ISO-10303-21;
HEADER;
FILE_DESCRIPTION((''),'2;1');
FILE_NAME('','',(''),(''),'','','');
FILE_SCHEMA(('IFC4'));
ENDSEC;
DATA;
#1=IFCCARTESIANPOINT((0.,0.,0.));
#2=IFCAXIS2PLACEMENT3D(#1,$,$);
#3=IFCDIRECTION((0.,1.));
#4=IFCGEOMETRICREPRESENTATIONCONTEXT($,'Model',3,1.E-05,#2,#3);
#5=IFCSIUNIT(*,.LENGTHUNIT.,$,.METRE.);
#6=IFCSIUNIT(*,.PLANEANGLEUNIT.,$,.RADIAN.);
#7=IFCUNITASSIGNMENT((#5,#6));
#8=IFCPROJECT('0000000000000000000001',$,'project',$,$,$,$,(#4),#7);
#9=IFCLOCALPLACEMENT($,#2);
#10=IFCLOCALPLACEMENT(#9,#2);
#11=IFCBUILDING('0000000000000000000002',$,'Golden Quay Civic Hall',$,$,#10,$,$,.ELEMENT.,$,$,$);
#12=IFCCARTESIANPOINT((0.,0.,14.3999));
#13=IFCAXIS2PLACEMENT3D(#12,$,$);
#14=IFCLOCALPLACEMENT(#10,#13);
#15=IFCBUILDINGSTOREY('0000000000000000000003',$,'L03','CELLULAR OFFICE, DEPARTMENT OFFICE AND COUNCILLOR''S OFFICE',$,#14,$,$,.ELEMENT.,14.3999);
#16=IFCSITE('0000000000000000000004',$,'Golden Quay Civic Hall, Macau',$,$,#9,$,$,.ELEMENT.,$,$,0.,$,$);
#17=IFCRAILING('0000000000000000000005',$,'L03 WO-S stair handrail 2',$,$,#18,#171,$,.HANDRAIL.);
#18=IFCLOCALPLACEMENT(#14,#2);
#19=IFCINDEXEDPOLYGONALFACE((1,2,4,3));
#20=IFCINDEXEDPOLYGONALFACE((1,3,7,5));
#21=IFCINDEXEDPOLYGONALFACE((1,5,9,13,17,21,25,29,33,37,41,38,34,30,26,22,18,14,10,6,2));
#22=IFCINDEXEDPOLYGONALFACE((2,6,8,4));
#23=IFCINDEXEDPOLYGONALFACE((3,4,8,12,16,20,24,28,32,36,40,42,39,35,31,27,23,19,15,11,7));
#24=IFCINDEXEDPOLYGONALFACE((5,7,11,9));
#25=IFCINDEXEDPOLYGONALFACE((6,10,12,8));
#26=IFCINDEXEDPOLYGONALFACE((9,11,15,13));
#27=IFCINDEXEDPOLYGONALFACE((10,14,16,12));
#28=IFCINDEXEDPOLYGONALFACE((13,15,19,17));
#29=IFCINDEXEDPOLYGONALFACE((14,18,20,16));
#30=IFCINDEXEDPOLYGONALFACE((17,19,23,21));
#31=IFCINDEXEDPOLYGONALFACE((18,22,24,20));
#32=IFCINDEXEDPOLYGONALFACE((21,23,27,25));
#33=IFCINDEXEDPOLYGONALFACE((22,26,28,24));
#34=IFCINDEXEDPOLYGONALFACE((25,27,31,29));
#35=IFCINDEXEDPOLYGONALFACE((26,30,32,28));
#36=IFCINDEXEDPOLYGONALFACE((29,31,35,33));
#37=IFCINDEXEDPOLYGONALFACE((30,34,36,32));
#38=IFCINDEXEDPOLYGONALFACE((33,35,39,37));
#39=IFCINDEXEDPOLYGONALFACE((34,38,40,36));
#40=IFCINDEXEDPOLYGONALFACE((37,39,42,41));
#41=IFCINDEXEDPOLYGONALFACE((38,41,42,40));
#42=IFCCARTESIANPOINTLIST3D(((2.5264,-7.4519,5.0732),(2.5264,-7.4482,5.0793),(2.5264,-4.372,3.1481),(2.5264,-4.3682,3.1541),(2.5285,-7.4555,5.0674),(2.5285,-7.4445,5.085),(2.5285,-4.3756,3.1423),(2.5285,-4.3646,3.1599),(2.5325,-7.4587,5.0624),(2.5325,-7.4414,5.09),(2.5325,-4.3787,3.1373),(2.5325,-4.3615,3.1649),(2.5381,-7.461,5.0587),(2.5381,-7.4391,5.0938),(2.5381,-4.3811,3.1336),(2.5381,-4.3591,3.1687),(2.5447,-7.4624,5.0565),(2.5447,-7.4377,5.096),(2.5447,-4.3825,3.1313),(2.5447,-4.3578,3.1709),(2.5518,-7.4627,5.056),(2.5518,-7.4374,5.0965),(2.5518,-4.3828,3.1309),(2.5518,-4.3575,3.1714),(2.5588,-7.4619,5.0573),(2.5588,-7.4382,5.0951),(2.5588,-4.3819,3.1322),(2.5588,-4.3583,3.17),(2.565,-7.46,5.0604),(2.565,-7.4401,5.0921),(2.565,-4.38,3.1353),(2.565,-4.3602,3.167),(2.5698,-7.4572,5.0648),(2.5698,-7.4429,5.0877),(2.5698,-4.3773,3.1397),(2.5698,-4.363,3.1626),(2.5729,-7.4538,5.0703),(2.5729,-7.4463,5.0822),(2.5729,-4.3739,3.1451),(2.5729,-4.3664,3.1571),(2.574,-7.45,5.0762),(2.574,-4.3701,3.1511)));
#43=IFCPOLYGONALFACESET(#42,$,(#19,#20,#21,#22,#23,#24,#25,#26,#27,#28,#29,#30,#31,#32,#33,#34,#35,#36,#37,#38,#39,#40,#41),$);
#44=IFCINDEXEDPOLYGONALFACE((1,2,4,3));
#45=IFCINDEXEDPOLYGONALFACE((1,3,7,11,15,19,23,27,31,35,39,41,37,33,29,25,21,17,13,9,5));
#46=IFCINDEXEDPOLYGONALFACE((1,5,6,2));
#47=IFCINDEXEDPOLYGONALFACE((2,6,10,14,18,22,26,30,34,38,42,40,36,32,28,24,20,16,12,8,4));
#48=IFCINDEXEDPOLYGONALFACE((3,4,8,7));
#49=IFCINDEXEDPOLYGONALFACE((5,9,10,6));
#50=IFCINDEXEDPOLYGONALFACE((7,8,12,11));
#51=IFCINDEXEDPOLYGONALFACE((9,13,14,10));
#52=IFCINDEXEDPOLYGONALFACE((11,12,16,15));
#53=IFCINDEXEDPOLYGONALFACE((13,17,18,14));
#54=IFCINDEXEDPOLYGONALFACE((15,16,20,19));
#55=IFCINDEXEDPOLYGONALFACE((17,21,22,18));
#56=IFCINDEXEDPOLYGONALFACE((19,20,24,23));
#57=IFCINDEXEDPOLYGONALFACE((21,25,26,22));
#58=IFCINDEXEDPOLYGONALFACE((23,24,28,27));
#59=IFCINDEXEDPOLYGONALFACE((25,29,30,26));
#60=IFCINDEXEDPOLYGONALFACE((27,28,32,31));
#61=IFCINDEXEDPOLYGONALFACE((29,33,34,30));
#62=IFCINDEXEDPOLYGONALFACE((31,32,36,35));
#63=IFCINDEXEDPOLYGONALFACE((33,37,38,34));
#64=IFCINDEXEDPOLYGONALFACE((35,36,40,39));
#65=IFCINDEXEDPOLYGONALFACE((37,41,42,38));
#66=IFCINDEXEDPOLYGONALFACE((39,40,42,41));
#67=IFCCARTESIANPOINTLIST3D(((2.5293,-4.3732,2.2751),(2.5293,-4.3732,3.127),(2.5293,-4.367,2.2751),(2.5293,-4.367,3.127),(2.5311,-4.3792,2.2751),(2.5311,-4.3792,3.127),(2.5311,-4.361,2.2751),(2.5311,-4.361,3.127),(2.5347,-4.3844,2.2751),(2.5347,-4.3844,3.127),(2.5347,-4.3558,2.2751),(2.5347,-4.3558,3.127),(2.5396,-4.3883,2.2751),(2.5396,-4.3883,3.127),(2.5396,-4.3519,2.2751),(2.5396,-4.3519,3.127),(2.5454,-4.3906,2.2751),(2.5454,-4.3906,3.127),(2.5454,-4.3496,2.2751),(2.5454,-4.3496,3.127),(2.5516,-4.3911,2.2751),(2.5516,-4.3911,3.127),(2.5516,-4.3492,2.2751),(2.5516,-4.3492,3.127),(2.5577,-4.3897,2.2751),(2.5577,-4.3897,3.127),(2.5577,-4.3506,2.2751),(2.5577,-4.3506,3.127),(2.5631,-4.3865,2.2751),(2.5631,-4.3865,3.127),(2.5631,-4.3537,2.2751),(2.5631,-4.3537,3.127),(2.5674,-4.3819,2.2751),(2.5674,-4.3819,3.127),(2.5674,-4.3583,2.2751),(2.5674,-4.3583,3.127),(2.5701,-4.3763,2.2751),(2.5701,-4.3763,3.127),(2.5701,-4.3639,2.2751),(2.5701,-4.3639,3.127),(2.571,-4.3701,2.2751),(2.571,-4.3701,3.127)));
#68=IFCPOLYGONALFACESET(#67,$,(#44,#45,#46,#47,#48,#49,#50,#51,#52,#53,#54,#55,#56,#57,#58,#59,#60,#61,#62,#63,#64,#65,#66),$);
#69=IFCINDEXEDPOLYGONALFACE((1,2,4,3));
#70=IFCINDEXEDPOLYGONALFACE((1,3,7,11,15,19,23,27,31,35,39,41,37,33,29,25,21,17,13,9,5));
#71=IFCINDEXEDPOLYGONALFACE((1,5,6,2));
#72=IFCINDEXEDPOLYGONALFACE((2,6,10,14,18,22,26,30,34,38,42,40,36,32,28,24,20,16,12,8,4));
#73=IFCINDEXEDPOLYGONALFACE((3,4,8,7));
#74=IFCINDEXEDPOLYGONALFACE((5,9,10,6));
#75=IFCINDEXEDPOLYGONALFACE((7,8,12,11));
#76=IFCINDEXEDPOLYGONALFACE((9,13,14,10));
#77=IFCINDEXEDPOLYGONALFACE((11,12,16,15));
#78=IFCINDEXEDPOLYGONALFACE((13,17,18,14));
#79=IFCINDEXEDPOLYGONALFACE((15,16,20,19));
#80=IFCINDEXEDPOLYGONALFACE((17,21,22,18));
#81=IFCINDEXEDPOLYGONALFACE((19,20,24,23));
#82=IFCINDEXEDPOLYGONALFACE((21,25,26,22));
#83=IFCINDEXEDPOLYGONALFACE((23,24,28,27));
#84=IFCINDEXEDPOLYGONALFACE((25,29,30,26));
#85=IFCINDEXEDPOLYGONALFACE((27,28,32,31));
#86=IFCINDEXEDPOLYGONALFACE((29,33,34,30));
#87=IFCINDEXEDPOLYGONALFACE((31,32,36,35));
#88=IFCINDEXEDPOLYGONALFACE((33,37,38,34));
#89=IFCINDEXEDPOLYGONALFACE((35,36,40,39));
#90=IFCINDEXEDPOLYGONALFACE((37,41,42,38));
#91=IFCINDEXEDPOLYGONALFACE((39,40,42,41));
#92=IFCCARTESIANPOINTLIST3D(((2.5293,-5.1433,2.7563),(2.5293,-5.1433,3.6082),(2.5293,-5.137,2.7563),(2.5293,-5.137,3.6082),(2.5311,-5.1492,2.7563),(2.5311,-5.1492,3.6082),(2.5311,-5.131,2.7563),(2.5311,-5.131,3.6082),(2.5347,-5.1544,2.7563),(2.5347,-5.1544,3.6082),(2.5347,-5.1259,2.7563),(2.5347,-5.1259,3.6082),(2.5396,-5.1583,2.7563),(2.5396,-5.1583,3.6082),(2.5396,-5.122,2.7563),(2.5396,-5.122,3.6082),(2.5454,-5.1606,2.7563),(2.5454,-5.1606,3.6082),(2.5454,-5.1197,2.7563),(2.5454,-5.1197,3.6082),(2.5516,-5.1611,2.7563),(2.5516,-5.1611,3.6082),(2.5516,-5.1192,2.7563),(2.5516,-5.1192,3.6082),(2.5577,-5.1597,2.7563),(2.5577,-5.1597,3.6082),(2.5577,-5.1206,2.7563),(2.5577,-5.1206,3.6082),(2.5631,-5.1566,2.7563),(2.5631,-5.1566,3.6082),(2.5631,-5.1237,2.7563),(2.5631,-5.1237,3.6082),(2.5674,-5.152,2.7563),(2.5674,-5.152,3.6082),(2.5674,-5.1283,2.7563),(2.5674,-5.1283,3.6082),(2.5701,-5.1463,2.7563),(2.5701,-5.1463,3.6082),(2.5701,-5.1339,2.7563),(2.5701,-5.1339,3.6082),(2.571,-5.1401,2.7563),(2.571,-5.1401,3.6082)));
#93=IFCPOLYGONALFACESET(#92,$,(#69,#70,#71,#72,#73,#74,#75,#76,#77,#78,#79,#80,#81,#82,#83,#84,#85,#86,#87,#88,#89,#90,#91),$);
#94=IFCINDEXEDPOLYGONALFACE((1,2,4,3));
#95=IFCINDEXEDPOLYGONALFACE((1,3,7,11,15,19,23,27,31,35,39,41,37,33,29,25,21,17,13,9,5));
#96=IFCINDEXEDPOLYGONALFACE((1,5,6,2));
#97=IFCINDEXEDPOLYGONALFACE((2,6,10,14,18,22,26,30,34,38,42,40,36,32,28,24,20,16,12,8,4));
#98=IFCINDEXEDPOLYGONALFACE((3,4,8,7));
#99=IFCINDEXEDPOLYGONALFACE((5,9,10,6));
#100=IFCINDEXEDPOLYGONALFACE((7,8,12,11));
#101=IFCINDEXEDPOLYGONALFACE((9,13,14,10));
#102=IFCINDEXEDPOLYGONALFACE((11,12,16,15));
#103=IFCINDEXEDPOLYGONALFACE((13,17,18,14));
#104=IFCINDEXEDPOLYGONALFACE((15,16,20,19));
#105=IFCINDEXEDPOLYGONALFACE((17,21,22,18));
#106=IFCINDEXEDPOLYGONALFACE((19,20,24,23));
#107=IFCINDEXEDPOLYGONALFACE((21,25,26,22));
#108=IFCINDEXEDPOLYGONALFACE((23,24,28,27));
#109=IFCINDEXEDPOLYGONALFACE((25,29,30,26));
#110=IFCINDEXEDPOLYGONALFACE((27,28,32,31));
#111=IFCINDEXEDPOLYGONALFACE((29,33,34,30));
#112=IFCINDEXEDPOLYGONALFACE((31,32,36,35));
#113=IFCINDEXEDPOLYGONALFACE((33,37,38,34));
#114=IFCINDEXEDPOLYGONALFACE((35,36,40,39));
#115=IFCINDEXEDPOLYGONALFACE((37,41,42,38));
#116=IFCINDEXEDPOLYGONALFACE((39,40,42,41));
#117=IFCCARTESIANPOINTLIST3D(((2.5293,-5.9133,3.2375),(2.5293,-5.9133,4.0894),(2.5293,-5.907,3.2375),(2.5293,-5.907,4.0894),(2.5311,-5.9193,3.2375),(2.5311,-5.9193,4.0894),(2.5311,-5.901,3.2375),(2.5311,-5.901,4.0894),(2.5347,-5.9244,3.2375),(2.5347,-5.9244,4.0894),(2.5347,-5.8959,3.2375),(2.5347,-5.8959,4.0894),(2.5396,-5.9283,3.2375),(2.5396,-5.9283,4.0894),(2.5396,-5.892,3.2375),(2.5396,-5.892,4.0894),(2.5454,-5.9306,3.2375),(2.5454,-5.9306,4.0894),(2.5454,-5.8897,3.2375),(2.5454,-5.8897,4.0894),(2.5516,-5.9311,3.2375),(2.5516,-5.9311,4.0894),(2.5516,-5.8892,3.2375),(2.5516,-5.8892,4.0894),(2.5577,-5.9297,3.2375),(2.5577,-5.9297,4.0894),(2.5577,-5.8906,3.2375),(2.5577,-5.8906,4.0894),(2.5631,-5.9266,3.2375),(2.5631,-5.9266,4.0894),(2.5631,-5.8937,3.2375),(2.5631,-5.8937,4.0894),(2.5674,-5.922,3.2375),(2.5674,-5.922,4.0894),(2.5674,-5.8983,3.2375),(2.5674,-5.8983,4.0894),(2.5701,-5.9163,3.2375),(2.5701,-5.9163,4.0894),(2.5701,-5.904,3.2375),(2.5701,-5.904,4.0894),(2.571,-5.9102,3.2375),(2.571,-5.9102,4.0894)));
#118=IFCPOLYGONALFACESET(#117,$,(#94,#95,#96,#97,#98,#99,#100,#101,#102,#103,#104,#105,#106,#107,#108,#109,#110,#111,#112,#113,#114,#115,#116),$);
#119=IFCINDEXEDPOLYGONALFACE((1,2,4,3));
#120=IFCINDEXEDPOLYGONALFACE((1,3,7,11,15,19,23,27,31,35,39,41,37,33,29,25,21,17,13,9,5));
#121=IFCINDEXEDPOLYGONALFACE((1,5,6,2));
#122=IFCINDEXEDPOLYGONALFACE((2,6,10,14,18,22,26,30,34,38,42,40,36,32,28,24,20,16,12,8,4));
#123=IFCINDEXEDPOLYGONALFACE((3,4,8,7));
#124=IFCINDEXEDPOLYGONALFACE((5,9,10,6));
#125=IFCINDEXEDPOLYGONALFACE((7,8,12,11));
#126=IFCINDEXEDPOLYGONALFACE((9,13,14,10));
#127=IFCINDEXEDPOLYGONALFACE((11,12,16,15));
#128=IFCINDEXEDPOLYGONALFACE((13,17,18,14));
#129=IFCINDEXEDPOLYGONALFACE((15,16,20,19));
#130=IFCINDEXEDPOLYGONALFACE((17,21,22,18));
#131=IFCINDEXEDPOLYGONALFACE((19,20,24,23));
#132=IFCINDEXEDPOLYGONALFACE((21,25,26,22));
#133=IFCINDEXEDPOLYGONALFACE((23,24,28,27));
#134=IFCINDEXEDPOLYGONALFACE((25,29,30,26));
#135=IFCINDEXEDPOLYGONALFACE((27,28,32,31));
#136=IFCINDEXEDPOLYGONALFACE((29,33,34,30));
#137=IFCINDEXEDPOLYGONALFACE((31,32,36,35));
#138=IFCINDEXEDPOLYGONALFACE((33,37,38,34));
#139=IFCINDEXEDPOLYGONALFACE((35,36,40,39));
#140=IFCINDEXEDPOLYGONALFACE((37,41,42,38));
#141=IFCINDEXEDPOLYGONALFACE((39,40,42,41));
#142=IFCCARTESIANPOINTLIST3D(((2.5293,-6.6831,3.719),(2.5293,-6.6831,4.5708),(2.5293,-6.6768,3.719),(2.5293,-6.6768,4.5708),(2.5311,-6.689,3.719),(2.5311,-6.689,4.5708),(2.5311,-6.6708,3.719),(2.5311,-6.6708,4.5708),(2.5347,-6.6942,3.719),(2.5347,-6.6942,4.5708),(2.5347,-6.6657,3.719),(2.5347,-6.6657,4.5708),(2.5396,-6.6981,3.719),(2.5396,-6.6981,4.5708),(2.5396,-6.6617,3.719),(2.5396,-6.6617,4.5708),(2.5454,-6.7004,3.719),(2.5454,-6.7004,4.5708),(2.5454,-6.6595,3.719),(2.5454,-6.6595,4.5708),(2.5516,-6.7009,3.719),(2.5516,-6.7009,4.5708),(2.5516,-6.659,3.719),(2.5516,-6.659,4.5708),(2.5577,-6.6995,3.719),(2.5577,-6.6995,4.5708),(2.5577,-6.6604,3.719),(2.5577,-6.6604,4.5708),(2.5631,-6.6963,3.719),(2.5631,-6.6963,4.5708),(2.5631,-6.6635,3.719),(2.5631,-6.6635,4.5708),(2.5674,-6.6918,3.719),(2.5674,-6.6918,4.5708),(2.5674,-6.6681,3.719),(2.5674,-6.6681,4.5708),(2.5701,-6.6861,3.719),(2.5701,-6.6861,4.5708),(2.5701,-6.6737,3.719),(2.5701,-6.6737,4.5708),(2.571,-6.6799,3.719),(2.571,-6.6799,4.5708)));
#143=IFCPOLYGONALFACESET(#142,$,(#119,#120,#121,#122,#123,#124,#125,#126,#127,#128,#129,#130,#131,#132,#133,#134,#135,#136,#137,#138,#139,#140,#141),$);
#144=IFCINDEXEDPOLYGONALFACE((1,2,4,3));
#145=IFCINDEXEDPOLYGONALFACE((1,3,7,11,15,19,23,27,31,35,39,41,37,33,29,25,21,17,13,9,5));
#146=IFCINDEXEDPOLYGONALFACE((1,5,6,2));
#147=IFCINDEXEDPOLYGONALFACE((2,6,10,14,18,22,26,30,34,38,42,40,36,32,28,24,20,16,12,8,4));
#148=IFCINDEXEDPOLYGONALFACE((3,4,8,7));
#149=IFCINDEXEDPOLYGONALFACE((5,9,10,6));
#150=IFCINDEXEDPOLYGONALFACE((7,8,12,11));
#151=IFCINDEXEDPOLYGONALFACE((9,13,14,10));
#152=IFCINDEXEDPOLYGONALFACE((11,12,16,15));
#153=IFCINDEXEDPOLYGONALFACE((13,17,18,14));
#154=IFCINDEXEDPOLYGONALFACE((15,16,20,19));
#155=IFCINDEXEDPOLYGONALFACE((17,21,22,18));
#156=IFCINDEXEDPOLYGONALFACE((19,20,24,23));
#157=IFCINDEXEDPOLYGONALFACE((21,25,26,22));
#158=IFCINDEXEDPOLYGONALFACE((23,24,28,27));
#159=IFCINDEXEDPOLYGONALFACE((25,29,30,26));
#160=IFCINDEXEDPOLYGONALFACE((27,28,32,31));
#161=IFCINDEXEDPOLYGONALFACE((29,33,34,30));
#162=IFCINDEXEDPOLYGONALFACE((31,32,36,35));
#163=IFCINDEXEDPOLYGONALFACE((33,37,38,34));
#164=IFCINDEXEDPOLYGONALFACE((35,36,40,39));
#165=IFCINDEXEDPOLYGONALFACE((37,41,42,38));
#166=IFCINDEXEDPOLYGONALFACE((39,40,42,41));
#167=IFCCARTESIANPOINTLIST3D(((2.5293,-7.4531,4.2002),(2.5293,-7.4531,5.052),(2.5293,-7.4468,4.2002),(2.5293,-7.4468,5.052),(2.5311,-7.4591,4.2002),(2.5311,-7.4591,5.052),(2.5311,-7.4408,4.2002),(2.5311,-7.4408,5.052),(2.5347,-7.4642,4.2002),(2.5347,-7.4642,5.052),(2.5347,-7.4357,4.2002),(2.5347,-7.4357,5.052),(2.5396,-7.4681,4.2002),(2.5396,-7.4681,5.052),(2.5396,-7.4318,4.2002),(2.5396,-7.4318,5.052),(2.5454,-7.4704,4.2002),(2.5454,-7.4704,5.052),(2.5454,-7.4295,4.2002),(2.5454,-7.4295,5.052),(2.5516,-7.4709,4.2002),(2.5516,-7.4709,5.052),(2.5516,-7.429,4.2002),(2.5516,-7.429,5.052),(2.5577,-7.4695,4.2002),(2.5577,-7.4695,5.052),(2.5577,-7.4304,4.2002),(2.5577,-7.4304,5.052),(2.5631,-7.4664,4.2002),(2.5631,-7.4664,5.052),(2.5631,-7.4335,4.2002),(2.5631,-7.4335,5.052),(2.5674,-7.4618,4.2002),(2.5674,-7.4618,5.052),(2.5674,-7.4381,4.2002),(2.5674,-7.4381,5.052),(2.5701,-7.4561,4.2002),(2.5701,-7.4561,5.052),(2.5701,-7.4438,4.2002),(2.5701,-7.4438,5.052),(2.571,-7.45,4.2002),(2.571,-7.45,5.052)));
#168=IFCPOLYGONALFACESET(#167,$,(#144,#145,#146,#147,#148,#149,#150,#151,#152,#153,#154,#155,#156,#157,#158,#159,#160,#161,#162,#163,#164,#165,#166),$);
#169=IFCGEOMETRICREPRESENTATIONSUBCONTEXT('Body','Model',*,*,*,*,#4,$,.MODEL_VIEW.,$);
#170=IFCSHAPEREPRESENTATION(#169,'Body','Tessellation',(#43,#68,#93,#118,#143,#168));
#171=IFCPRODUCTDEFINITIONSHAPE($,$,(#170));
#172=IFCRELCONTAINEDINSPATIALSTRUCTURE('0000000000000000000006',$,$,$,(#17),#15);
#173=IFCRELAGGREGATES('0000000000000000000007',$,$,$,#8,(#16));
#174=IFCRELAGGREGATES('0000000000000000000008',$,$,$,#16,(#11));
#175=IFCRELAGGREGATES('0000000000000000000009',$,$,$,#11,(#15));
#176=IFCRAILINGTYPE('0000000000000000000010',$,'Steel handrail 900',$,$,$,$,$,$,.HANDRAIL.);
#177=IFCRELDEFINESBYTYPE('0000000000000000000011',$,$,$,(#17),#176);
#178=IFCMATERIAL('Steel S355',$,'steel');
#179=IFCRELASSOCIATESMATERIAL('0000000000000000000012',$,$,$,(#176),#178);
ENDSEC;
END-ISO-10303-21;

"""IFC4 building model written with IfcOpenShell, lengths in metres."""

from ifc_helpers import new_model, si_unit, direction, frame, origin, origin_2d, place, context, subcontext, project, spatial, circle, extrude, material, type_object, element, save


model = new_model("IFC4")

# Units and contexts
model_context = context("Model", 3, precision=1e-05, world=origin(), true_north=direction((0.0, 1.0)))
body_context = subcontext(model_context, "Body", "Model", "MODEL_VIEW")
ifc_project = project(units=[si_unit("LENGTHUNIT", "METRE"), si_unit("PLANEANGLEUNIT", "RADIAN")], contexts=[model_context])

# Site, building, storey
site_placement = place(None, origin())
site = spatial("IfcSite", under=ifc_project, at=site_placement, Name="Golden Quay Civic Hall, Macau", CompositionType="ELEMENT", RefElevation=0.0)
building_placement = place(site_placement, origin())
building = spatial("IfcBuilding", under=site, at=building_placement, Name="Golden Quay Civic Hall", CompositionType="ELEMENT")
storey_placement = place(building_placement, frame((0.0, 0.0, 14.3999)))
storey = spatial("IfcBuildingStorey", under=building, at=storey_placement, Name="L03", Description="CELLULAR OFFICE, DEPARTMENT OFFICE AND COUNCILLOR'S OFFICE", CompositionType="ELEMENT", Elevation=14.3999)

# Railing
ifc_material_1 = material(Name="Steel S355", Category="steel")
railing_type_1 = type_object("IfcRailingType", Name="Steel handrail 900", PredefinedType="HANDRAIL", material=ifc_material_1)
railing_1_placement = place(storey_placement, frame((2.55, -4.3701, 2.2751)))
element("IfcRailing", 1, at=railing_1_placement, inside=storey, type_object=railing_type_1, Name="L03 WO-S stair handrail 2", PredefinedType="HANDRAIL", context=body_context, shape_type="SweptSolid", body=[
    extrude(circle(Radius=0.0239, at=origin_2d()), frame((0.0, 0.0, 0.876), z_axis=(0.0, -0.847979, 0.530029), x_axis=(1.0, 0.0, 0.0)), (0.0, 0.0, 1.0), 3.6321),
    extrude(circle(Radius=0.021, at=origin_2d()), origin(), (0.0, 0.0, 1.0), 0.8518),
    extrude(circle(Radius=0.021, at=origin_2d()), frame((0.0, -0.77, 0.4812)), (0.0, 0.0, 1.0), 0.8518),
    extrude(circle(Radius=0.021, at=origin_2d()), frame((0.0, -1.54, 0.9624)), (0.0, 0.0, 1.0), 0.8518),
    extrude(circle(Radius=0.021, at=origin_2d()), frame((0.0, -2.3098, 1.4438)), (0.0, 0.0, 1.0), 0.8518),
    extrude(circle(Radius=0.021, at=origin_2d()), frame((0.0, -3.0798, 1.925)), (0.0, 0.0, 1.0), 0.8518),
])

save(model, "model.ifc")
